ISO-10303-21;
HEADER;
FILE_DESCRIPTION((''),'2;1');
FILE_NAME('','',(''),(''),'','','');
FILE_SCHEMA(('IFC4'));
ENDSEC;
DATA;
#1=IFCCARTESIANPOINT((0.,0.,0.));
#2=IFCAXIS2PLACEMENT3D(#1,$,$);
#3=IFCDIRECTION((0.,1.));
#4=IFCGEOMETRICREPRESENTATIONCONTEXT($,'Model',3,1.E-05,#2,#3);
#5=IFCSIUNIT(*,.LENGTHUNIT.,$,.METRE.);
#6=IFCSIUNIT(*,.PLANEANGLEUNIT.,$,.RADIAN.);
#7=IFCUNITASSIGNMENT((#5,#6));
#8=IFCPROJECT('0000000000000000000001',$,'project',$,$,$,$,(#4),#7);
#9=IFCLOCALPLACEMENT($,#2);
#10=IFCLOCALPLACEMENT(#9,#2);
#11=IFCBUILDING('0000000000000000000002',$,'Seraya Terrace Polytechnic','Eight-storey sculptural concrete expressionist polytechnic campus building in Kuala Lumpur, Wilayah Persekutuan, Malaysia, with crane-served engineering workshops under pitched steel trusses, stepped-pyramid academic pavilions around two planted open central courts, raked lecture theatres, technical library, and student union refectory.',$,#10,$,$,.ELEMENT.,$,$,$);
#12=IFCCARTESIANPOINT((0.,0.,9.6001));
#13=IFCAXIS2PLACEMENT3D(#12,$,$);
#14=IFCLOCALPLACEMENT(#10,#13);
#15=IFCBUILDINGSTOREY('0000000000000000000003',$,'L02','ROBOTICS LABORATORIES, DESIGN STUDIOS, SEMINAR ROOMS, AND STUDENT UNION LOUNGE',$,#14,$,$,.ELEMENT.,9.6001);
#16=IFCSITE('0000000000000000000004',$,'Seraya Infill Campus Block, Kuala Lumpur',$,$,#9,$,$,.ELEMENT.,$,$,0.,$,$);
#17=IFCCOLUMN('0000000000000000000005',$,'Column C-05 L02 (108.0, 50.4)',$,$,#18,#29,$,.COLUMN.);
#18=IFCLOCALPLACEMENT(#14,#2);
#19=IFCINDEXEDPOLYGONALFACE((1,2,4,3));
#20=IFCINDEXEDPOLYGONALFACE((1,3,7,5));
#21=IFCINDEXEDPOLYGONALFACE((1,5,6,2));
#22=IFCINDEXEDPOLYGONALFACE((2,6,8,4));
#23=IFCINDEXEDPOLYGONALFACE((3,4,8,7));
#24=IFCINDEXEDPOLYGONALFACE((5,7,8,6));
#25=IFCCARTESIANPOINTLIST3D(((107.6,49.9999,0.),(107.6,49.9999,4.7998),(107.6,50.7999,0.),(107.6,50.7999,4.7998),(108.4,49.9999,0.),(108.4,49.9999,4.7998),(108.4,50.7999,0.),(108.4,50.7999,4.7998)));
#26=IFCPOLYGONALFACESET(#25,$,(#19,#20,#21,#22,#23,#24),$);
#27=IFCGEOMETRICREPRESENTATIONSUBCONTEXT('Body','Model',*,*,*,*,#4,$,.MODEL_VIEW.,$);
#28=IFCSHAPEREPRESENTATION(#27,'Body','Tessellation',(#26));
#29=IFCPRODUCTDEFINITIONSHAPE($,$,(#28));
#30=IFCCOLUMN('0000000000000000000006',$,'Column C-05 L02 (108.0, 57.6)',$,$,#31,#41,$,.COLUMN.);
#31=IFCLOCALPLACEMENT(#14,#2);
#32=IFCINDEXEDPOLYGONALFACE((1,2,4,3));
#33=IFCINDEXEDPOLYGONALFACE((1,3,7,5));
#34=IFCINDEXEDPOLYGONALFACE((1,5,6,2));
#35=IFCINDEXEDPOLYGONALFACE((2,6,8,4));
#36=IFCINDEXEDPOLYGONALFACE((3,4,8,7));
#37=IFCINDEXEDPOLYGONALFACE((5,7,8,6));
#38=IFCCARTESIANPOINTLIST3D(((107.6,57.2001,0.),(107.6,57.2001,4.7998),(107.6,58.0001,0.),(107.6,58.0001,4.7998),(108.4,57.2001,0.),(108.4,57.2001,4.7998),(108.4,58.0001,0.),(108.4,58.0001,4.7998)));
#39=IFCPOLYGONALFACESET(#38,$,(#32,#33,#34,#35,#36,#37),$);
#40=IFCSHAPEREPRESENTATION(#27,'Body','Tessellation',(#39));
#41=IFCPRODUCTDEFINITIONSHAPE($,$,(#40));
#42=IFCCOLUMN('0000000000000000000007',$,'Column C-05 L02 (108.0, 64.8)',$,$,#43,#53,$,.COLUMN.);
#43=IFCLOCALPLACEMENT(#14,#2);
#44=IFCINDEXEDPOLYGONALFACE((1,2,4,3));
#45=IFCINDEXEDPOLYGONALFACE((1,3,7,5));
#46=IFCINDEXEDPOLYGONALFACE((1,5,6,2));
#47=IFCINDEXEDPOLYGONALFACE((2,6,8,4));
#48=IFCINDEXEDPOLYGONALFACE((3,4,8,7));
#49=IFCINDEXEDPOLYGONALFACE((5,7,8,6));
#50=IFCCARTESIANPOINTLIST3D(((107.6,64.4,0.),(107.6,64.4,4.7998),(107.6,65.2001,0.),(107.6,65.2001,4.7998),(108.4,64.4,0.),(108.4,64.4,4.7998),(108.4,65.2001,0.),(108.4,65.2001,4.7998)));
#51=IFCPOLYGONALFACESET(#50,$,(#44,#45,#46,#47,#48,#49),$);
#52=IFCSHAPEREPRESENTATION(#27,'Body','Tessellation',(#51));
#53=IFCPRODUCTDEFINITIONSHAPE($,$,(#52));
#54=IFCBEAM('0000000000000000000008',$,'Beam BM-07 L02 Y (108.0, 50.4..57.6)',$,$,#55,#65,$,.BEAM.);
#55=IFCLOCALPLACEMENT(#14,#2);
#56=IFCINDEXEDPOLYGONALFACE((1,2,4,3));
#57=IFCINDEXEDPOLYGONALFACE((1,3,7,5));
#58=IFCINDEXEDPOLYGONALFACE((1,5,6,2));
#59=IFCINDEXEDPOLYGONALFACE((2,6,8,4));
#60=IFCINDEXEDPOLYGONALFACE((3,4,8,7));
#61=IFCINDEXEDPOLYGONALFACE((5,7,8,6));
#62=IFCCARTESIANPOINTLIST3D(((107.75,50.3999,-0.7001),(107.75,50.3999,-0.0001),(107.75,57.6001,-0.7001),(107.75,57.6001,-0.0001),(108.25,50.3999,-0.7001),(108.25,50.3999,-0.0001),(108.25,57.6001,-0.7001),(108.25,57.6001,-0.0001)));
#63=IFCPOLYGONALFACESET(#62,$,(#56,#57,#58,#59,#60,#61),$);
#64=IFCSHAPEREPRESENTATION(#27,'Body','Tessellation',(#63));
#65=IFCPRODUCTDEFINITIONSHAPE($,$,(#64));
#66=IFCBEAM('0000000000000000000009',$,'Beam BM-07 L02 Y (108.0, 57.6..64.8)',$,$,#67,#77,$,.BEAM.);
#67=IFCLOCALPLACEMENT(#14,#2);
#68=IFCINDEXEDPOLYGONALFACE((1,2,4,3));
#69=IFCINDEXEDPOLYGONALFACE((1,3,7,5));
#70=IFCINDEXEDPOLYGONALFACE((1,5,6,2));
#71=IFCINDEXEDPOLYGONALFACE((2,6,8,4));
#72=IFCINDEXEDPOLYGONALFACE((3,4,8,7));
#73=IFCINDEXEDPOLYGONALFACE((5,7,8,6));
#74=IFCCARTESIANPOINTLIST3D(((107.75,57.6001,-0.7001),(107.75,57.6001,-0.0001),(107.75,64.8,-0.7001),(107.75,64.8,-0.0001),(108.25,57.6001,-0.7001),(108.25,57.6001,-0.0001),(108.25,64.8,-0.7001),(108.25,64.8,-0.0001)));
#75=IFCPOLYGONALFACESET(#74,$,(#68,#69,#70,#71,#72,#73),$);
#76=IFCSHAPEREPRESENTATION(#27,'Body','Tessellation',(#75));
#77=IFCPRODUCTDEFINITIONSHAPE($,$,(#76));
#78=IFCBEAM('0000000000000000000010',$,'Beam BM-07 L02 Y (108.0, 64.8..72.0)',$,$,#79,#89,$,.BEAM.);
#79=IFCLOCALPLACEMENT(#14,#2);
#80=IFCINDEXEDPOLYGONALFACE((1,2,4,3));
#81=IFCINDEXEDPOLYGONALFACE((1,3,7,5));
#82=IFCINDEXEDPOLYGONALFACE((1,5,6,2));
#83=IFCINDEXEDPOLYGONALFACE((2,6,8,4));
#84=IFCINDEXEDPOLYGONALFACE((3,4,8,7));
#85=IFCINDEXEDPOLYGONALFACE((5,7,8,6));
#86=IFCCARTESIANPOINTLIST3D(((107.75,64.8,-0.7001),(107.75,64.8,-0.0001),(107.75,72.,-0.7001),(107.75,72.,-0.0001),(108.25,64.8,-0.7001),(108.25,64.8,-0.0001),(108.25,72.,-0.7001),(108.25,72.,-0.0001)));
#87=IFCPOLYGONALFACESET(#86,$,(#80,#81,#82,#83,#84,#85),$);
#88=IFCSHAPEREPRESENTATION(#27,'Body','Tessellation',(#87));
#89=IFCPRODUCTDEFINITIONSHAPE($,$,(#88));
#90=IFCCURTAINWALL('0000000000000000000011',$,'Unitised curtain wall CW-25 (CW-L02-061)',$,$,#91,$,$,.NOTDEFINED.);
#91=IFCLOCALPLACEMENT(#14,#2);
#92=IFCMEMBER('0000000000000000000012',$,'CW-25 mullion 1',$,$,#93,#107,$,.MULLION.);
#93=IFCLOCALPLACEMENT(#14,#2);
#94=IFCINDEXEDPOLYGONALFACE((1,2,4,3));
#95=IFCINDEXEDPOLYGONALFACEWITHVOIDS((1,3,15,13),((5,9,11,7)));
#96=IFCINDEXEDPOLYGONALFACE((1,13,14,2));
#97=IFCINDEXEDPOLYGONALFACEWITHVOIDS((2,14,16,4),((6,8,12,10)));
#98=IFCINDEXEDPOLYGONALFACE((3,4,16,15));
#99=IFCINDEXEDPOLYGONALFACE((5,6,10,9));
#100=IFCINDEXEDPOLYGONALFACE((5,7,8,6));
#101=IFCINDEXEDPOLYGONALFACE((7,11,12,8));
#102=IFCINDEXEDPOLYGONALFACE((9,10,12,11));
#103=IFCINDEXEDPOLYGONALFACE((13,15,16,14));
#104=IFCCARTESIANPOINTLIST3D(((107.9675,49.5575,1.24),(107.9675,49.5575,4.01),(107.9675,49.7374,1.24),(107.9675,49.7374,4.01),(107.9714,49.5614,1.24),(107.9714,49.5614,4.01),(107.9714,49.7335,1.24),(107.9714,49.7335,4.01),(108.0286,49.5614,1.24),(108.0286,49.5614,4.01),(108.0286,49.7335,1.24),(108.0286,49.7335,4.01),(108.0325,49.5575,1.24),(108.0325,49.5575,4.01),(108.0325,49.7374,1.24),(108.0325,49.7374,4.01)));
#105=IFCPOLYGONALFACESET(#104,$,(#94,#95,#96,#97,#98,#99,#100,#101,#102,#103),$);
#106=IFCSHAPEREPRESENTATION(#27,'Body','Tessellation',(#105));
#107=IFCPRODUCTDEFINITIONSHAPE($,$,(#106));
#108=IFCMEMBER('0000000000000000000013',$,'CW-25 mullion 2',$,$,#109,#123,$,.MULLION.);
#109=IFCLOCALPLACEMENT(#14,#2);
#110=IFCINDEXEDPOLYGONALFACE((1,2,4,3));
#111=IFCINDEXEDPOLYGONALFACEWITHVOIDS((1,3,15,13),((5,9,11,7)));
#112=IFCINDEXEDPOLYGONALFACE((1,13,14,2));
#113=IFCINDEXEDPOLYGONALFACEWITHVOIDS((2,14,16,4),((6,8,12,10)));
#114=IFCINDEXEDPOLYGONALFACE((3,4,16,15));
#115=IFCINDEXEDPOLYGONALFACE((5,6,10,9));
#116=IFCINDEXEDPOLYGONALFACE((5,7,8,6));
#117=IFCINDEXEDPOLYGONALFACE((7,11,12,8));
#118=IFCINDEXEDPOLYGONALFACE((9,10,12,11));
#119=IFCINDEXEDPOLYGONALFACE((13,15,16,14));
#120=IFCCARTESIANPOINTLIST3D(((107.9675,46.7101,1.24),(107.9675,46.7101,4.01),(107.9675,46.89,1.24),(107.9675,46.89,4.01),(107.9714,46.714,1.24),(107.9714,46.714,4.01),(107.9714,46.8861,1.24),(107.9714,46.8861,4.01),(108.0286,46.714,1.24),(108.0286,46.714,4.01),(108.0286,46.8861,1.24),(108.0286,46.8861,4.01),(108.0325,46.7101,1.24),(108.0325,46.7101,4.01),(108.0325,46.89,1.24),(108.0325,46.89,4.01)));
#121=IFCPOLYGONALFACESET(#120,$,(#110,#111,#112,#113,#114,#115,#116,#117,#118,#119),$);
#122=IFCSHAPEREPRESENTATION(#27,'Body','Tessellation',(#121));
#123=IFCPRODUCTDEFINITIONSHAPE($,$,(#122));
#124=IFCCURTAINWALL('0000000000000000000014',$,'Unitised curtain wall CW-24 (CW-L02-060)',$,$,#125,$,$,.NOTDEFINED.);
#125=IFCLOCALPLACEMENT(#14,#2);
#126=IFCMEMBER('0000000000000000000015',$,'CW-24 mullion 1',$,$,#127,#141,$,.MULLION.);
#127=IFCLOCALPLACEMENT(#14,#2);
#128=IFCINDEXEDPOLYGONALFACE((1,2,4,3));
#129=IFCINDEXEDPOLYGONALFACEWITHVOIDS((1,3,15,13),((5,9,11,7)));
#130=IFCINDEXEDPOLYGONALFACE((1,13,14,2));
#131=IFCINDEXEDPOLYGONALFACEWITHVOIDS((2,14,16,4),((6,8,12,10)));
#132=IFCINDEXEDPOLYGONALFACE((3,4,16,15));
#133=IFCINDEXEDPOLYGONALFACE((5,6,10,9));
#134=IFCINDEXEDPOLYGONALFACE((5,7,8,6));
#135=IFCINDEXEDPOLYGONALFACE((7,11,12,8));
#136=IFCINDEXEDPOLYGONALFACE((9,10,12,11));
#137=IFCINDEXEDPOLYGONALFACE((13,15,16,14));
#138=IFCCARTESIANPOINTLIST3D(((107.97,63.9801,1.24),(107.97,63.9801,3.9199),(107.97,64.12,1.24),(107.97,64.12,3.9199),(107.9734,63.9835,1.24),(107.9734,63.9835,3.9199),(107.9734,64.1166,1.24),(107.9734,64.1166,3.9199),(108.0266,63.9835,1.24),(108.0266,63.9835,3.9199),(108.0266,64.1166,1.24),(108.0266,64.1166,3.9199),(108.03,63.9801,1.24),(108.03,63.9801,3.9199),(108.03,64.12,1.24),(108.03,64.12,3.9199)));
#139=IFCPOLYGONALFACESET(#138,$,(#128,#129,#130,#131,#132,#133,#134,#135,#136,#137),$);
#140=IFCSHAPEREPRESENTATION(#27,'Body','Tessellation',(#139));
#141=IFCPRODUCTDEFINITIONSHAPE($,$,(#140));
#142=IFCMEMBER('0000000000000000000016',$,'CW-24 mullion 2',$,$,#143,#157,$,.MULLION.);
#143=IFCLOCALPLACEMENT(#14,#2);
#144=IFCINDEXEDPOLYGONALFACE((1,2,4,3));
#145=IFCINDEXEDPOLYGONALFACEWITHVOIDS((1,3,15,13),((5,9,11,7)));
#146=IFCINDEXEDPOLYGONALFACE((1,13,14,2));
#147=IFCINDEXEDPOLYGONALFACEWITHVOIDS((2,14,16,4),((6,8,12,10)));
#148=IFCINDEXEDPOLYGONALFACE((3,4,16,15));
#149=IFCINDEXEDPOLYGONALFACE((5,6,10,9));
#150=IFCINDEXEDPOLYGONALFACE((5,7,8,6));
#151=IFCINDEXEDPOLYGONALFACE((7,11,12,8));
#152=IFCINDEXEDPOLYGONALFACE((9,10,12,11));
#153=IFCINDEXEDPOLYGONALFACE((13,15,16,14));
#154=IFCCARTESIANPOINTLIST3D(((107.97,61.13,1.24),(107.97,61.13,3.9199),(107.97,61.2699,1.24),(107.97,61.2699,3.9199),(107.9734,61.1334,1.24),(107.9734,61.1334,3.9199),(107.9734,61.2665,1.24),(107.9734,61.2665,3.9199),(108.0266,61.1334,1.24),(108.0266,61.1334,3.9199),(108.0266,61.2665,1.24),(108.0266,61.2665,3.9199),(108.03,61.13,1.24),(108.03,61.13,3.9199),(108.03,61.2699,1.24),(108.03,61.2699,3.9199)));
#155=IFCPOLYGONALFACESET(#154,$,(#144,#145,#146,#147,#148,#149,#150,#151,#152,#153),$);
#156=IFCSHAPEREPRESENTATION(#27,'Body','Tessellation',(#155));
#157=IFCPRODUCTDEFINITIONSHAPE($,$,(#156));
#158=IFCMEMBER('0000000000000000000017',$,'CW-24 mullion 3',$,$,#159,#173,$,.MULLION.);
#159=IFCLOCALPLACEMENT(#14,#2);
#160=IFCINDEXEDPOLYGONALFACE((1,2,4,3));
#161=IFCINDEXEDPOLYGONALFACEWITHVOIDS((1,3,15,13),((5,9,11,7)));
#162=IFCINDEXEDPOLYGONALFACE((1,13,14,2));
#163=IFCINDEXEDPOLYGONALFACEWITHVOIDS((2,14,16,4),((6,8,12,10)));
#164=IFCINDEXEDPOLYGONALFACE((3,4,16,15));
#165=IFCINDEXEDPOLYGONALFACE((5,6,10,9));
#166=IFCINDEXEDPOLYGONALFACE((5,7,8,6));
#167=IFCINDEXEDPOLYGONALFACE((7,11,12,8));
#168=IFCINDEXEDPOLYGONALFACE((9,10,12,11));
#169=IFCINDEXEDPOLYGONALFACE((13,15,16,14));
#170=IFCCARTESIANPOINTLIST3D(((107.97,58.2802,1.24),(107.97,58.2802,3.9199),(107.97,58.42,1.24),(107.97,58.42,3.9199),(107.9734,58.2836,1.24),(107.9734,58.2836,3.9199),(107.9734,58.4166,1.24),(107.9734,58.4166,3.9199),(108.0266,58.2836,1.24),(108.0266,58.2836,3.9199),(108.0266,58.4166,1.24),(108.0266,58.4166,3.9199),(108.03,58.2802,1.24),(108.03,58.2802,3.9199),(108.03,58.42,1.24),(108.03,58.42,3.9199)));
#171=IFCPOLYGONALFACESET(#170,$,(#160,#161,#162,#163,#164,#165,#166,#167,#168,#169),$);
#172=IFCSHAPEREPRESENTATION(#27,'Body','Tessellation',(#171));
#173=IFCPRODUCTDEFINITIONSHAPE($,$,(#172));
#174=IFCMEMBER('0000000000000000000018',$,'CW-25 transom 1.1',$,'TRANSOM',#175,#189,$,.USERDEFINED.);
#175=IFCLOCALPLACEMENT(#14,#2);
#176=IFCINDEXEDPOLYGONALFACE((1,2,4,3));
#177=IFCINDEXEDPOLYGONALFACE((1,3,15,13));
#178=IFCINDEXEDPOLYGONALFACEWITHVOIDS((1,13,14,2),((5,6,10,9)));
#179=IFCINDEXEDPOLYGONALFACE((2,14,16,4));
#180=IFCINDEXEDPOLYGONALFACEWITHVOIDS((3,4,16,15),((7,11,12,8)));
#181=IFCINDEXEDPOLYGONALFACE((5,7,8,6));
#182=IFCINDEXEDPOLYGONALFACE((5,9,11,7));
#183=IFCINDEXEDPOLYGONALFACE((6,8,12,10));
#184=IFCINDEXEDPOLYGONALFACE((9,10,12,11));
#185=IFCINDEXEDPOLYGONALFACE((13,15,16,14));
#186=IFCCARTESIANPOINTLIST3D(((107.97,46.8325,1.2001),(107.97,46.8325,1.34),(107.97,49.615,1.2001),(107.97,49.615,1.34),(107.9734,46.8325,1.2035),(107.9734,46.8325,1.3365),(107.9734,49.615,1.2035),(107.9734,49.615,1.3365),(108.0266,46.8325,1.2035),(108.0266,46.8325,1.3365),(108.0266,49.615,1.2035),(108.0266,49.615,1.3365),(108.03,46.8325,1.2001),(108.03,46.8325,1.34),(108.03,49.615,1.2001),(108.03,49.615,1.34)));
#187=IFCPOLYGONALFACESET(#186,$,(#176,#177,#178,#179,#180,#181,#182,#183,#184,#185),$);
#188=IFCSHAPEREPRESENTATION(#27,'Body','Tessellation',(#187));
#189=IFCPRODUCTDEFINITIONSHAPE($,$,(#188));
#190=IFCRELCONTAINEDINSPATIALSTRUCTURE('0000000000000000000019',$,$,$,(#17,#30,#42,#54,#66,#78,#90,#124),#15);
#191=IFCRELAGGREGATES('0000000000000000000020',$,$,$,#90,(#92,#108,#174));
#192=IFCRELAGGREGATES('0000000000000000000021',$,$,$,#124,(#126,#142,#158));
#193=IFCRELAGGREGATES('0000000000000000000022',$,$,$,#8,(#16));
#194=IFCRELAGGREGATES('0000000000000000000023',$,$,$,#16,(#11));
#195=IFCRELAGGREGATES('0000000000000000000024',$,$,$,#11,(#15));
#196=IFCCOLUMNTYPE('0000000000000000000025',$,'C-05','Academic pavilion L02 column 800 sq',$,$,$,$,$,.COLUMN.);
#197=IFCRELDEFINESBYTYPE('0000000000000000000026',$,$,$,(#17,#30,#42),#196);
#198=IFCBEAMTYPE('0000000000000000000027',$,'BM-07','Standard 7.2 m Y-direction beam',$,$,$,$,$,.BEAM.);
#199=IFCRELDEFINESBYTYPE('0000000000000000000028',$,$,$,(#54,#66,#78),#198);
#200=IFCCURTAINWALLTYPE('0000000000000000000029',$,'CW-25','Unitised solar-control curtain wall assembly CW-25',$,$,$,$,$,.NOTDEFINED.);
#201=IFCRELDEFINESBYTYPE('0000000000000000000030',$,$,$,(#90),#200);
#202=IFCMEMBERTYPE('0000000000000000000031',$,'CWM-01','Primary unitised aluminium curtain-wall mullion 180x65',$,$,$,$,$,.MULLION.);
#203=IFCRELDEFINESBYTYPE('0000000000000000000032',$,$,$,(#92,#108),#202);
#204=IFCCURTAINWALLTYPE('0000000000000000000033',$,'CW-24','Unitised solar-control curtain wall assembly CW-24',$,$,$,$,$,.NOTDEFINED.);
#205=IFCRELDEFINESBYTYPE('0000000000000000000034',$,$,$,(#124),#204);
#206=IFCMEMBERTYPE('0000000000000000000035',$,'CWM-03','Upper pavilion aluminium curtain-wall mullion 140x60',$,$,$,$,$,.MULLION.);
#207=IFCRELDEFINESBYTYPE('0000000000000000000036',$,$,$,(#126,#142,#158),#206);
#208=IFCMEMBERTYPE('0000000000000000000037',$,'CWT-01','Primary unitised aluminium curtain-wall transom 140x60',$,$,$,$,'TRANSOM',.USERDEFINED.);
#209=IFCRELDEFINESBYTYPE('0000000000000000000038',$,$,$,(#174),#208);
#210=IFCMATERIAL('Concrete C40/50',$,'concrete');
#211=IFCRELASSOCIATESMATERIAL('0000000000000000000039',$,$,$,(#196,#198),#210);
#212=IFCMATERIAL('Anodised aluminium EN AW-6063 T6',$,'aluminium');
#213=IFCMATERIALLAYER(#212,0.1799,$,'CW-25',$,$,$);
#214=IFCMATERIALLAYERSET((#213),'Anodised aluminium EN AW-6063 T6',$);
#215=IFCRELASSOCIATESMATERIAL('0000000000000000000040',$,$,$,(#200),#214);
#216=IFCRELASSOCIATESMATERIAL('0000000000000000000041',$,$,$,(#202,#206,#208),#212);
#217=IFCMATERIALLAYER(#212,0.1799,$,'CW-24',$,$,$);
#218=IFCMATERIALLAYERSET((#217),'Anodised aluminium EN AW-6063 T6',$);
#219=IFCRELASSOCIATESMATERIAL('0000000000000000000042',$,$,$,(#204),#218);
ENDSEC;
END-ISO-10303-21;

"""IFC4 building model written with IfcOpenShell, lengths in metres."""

from ifc_helpers import new_model, si_unit, direction, frame, origin, origin_2d, place, context, subcontext, project, spatial, rectangle, hollow_rectangle, extrude, material, layer, layer_set, material_profile, profile_set, type_object, element, aggregate, save


model = new_model("IFC4")

# Units and contexts
model_context = context("Model", 3, precision=1e-05, world=origin(), true_north=direction((0.0, 1.0)))
body_context = subcontext(model_context, "Body", "Model", "MODEL_VIEW")
ifc_project = project(units=[si_unit("LENGTHUNIT", "METRE"), si_unit("PLANEANGLEUNIT", "RADIAN")], contexts=[model_context])

# Site, building, storey
site_placement = place(None, origin())
site = spatial("IfcSite", under=ifc_project, at=site_placement, Name="Seraya Infill Campus Block, Kuala Lumpur", CompositionType="ELEMENT", RefElevation=0.0)
building_placement = place(site_placement, origin())
building = spatial("IfcBuilding", under=site, at=building_placement, Name="Seraya Terrace Polytechnic", Description="Eight-storey sculptural concrete expressionist polytechnic campus building in Kuala Lumpur, Wilayah Persekutuan, Malaysia, with crane-served engineering workshops under pitched steel trusses, stepped-pyramid academic pavilions around two planted open central courts, raked lecture theatres, technical library, and student union refectory.", CompositionType="ELEMENT")
storey_placement = place(building_placement, frame((0.0, 0.0, 9.6001)))
storey = spatial("IfcBuildingStorey", under=building, at=storey_placement, Name="L02", Description="ROBOTICS LABORATORIES, DESIGN STUDIOS, SEMINAR ROOMS, AND STUDENT UNION LOUNGE", CompositionType="ELEMENT", Elevation=9.6001)

# Columns
ifc_material_1 = material(Name="Concrete C40/50", Category="concrete")
ifc_material_profile_1 = material_profile(ifc_material_1, rectangle(XDim=0.8, YDim=0.8, at=origin_2d()), Name="RC 800x800")
ifc_profile_set_1 = profile_set([ifc_material_profile_1], Name="Concrete C40/50")
column_type = type_object("IfcColumnType", Name="C-05", Description="Academic pavilion L02 column 800 sq", PredefinedType="COLUMN", material=ifc_profile_set_1)
for number, where, z_axis, x_axis, name in (
    (1, (108.0, 50.3999, 0.0), (0.0, 0.0, 1.0), (1.0, 0.0, 0.0), "Column C-05 L02 (108.0, 50.4)"),
    (2, (108.0, 57.6001, 0.0), (0.0, 0.0, 1.0), (1.0, 0.0, 0.0), "Column C-05 L02 (108.0, 57.6)"),
    (3, (108.0, 64.8, 0.0), (0.0, 0.0, 1.0), (1.0, 0.0, 0.0), "Column C-05 L02 (108.0, 64.8)"),
):
    element("IfcColumn", number, at=place(storey_placement, frame(where, z_axis=z_axis, x_axis=x_axis)), inside=storey, type_object=column_type, Name=name, PredefinedType="COLUMN", context=body_context, shape_type="SweptSolid", body=[
        extrude(rectangle(XDim=0.8, YDim=0.8, at=origin_2d()), origin(), (0.0, 0.0, 1.0), 4.7998),
    ])

# Beams
ifc_material_profile_2 = material_profile(ifc_material_1, rectangle(XDim=0.5, YDim=0.7, at=origin_2d()), Name="RC 500x700")
ifc_profile_set_2 = profile_set([ifc_material_profile_2], Name="Concrete C40/50")
beam_type = type_object("IfcBeamType", Name="BM-07", Description="Standard 7.2 m Y-direction beam", PredefinedType="BEAM", material=ifc_profile_set_2)
beam_placement = place(storey_placement, frame((108.0, 50.3999, -0.3501), z_axis=(0.0, 1.0, 0.0), x_axis=(-1.0, 0.0, 0.0)))
element("IfcBeam", 4, at=beam_placement, inside=storey, type_object=beam_type, Name="Beam BM-07 L02 Y (108.0, 50.4..57.6)", PredefinedType="BEAM", context=body_context, shape_type="SweptSolid", body=[
    extrude(rectangle(XDim=0.5, YDim=0.7, at=origin_2d()), origin(), (0.0, 0.0, 1.0), 7.2002),
])
for number, where, z_axis, x_axis, name in (
    (5, (108.0, 57.6001, -0.3501), (0.0, 1.0, 0.0), (-1.0, 0.0, 0.0), "Beam BM-07 L02 Y (108.0, 57.6..64.8)"),
    (6, (108.0, 64.8, -0.3501), (0.0, 1.0, 0.0), (-1.0, 0.0, 0.0), "Beam BM-07 L02 Y (108.0, 64.8..72.0)"),
):
    element("IfcBeam", number, at=place(storey_placement, frame(where, z_axis=z_axis, x_axis=x_axis)), inside=storey, type_object=beam_type, Name=name, PredefinedType="BEAM", context=body_context, shape_type="SweptSolid", body=[
        extrude(rectangle(XDim=0.5, YDim=0.7, at=origin_2d()), origin(), (0.0, 0.0, 1.0), 7.2),
    ])

# Curtain walls, members
ifc_material_2 = material(Name="Anodised aluminium EN AW-6063 T6", Category="aluminium")
ifc_layer_1 = layer(ifc_material_2, 0.1799, Name="CW-25")
ifc_layer_set_1 = layer_set([ifc_layer_1], Name="Anodised aluminium EN AW-6063 T6")
curtain_wall_type_1 = type_object("IfcCurtainWallType", Name="CW-25", Description="Unitised solar-control curtain wall assembly CW-25", PredefinedType="NOTDEFINED", material=ifc_layer_set_1)
curtain_wall_1_placement = place(storey_placement, origin())
curtain_wall_1 = element("IfcCurtainWall", 7, at=curtain_wall_1_placement, inside=storey, type_object=curtain_wall_type_1, Name="Unitised curtain wall CW-25 (CW-L02-061)", PredefinedType="NOTDEFINED")
ifc_material_profile_3 = material_profile(ifc_material_2, hollow_rectangle(XDim=0.0649, YDim=0.1799, WallThickness=0.0039, at=origin_2d()), Name="RHS 180x65x4.0")
ifc_profile_set_3 = profile_set([ifc_material_profile_3], Name="Anodised aluminium EN AW-6063 T6")
member_type_1 = type_object("IfcMemberType", Name="CWM-01", Description="Primary unitised aluminium curtain-wall mullion 180x65", PredefinedType="MULLION", material=ifc_profile_set_3)
member_1_placement = place(storey_placement, frame((108.0, 49.6475, 1.24), z_axis=(0.0, 0.0, 1.0), x_axis=(1.0, 0.0, 0.0)))
member_1 = element("IfcMember", 8, at=member_1_placement, type_object=member_type_1, Name="CW-25 mullion 1", PredefinedType="MULLION", context=body_context, shape_type="SweptSolid", body=[
    extrude(hollow_rectangle(XDim=0.0649, YDim=0.1799, WallThickness=0.0039, at=origin_2d()), origin(), (0.0, 0.0, 1.0), 2.77),
])
member_2_placement = place(storey_placement, frame((108.0, 46.8, 1.24), z_axis=(0.0, 0.0, 1.0), x_axis=(1.0, 0.0, 0.0)))
member_2 = element("IfcMember", 9, at=member_2_placement, type_object=member_type_1, Name="CW-25 mullion 2", PredefinedType="MULLION", context=body_context, shape_type="SweptSolid", body=[
    extrude(hollow_rectangle(XDim=0.0649, YDim=0.1799, WallThickness=0.0039, at=origin_2d()), origin(), (0.0, 0.0, 1.0), 2.77),
])
ifc_layer_2 = layer(ifc_material_2, 0.1799, Name="CW-24")
ifc_layer_set_2 = layer_set([ifc_layer_2], Name="Anodised aluminium EN AW-6063 T6")
curtain_wall_type_2 = type_object("IfcCurtainWallType", Name="CW-24", Description="Unitised solar-control curtain wall assembly CW-24", PredefinedType="NOTDEFINED", material=ifc_layer_set_2)
curtain_wall_2_placement = place(storey_placement, origin())
curtain_wall_2 = element("IfcCurtainWall", 10, at=curtain_wall_2_placement, inside=storey, type_object=curtain_wall_type_2, Name="Unitised curtain wall CW-24 (CW-L02-060)", PredefinedType="NOTDEFINED")
ifc_material_profile_4 = material_profile(ifc_material_2, hollow_rectangle(XDim=0.0601, YDim=0.1399, WallThickness=0.0034, at=origin_2d()), Name="RHS 140x60x3.5")
ifc_profile_set_4 = profile_set([ifc_material_profile_4], Name="Anodised aluminium EN AW-6063 T6")
member_type_2 = type_object("IfcMemberType", Name="CWM-03", Description="Upper pavilion aluminium curtain-wall mullion 140x60", PredefinedType="MULLION", material=ifc_profile_set_4)
member_3_placement = place(storey_placement, frame((108.0, 64.05, 1.24), z_axis=(0.0, 0.0, 1.0), x_axis=(1.0, 0.0, 0.0)))
member_3 = element("IfcMember", 11, at=member_3_placement, type_object=member_type_2, Name="CW-24 mullion 1", PredefinedType="MULLION", context=body_context, shape_type="SweptSolid", body=[
    extrude(hollow_rectangle(XDim=0.0601, YDim=0.1399, WallThickness=0.0034, at=origin_2d()), origin(), (0.0, 0.0, 1.0), 2.6799),
])
member_4_placement = place(storey_placement, frame((108.0, 61.2, 1.24), z_axis=(0.0, 0.0, 1.0), x_axis=(1.0, 0.0, 0.0)))
member_4 = element("IfcMember", 12, at=member_4_placement, type_object=member_type_2, Name="CW-24 mullion 2", PredefinedType="MULLION", context=body_context, shape_type="SweptSolid", body=[
    extrude(hollow_rectangle(XDim=0.0601, YDim=0.1399, WallThickness=0.0034, at=origin_2d()), origin(), (0.0, 0.0, 1.0), 2.6799),
])
member_5_placement = place(storey_placement, frame((108.0, 58.3501, 1.24), z_axis=(0.0, 0.0, 1.0), x_axis=(1.0, 0.0, 0.0)))
member_5 = element("IfcMember", 13, at=member_5_placement, type_object=member_type_2, Name="CW-24 mullion 3", PredefinedType="MULLION", context=body_context, shape_type="SweptSolid", body=[
    extrude(hollow_rectangle(XDim=0.0601, YDim=0.1399, WallThickness=0.0034, at=origin_2d()), origin(), (0.0, 0.0, 1.0), 2.6799),
])

# Member
ifc_material_profile_5 = material_profile(ifc_material_2, hollow_rectangle(XDim=0.0601, YDim=0.1399, WallThickness=0.0034, at=origin_2d()), Name="RHS 140x60x3.5")
ifc_profile_set_5 = profile_set([ifc_material_profile_5], Name="Anodised aluminium EN AW-6063 T6")
member_type_3 = type_object("IfcMemberType", Name="CWT-01", Description="Primary unitised aluminium curtain-wall transom 140x60", ElementType="TRANSOM", PredefinedType="USERDEFINED", material=ifc_profile_set_5)
member_6_placement = place(storey_placement, frame((108.0, 49.615, 1.27), z_axis=(0.0, -1.0, 0.0), x_axis=(1.0, 0.0, 0.0)))
member_6 = element("IfcMember", 14, at=member_6_placement, type_object=member_type_3, Name="CW-25 transom 1.1", ObjectType="TRANSOM", PredefinedType="USERDEFINED", context=body_context, shape_type="SweptSolid", body=[
    extrude(hollow_rectangle(XDim=0.0601, YDim=0.1399, WallThickness=0.0034, at=origin_2d()), origin(), (0.0, 0.0, 1.0), 2.7825),
])

aggregate(curtain_wall_1, [member_1, member_2, member_6])
aggregate(curtain_wall_2, [member_3, member_4, member_5])

save(model, "model.ifc")
